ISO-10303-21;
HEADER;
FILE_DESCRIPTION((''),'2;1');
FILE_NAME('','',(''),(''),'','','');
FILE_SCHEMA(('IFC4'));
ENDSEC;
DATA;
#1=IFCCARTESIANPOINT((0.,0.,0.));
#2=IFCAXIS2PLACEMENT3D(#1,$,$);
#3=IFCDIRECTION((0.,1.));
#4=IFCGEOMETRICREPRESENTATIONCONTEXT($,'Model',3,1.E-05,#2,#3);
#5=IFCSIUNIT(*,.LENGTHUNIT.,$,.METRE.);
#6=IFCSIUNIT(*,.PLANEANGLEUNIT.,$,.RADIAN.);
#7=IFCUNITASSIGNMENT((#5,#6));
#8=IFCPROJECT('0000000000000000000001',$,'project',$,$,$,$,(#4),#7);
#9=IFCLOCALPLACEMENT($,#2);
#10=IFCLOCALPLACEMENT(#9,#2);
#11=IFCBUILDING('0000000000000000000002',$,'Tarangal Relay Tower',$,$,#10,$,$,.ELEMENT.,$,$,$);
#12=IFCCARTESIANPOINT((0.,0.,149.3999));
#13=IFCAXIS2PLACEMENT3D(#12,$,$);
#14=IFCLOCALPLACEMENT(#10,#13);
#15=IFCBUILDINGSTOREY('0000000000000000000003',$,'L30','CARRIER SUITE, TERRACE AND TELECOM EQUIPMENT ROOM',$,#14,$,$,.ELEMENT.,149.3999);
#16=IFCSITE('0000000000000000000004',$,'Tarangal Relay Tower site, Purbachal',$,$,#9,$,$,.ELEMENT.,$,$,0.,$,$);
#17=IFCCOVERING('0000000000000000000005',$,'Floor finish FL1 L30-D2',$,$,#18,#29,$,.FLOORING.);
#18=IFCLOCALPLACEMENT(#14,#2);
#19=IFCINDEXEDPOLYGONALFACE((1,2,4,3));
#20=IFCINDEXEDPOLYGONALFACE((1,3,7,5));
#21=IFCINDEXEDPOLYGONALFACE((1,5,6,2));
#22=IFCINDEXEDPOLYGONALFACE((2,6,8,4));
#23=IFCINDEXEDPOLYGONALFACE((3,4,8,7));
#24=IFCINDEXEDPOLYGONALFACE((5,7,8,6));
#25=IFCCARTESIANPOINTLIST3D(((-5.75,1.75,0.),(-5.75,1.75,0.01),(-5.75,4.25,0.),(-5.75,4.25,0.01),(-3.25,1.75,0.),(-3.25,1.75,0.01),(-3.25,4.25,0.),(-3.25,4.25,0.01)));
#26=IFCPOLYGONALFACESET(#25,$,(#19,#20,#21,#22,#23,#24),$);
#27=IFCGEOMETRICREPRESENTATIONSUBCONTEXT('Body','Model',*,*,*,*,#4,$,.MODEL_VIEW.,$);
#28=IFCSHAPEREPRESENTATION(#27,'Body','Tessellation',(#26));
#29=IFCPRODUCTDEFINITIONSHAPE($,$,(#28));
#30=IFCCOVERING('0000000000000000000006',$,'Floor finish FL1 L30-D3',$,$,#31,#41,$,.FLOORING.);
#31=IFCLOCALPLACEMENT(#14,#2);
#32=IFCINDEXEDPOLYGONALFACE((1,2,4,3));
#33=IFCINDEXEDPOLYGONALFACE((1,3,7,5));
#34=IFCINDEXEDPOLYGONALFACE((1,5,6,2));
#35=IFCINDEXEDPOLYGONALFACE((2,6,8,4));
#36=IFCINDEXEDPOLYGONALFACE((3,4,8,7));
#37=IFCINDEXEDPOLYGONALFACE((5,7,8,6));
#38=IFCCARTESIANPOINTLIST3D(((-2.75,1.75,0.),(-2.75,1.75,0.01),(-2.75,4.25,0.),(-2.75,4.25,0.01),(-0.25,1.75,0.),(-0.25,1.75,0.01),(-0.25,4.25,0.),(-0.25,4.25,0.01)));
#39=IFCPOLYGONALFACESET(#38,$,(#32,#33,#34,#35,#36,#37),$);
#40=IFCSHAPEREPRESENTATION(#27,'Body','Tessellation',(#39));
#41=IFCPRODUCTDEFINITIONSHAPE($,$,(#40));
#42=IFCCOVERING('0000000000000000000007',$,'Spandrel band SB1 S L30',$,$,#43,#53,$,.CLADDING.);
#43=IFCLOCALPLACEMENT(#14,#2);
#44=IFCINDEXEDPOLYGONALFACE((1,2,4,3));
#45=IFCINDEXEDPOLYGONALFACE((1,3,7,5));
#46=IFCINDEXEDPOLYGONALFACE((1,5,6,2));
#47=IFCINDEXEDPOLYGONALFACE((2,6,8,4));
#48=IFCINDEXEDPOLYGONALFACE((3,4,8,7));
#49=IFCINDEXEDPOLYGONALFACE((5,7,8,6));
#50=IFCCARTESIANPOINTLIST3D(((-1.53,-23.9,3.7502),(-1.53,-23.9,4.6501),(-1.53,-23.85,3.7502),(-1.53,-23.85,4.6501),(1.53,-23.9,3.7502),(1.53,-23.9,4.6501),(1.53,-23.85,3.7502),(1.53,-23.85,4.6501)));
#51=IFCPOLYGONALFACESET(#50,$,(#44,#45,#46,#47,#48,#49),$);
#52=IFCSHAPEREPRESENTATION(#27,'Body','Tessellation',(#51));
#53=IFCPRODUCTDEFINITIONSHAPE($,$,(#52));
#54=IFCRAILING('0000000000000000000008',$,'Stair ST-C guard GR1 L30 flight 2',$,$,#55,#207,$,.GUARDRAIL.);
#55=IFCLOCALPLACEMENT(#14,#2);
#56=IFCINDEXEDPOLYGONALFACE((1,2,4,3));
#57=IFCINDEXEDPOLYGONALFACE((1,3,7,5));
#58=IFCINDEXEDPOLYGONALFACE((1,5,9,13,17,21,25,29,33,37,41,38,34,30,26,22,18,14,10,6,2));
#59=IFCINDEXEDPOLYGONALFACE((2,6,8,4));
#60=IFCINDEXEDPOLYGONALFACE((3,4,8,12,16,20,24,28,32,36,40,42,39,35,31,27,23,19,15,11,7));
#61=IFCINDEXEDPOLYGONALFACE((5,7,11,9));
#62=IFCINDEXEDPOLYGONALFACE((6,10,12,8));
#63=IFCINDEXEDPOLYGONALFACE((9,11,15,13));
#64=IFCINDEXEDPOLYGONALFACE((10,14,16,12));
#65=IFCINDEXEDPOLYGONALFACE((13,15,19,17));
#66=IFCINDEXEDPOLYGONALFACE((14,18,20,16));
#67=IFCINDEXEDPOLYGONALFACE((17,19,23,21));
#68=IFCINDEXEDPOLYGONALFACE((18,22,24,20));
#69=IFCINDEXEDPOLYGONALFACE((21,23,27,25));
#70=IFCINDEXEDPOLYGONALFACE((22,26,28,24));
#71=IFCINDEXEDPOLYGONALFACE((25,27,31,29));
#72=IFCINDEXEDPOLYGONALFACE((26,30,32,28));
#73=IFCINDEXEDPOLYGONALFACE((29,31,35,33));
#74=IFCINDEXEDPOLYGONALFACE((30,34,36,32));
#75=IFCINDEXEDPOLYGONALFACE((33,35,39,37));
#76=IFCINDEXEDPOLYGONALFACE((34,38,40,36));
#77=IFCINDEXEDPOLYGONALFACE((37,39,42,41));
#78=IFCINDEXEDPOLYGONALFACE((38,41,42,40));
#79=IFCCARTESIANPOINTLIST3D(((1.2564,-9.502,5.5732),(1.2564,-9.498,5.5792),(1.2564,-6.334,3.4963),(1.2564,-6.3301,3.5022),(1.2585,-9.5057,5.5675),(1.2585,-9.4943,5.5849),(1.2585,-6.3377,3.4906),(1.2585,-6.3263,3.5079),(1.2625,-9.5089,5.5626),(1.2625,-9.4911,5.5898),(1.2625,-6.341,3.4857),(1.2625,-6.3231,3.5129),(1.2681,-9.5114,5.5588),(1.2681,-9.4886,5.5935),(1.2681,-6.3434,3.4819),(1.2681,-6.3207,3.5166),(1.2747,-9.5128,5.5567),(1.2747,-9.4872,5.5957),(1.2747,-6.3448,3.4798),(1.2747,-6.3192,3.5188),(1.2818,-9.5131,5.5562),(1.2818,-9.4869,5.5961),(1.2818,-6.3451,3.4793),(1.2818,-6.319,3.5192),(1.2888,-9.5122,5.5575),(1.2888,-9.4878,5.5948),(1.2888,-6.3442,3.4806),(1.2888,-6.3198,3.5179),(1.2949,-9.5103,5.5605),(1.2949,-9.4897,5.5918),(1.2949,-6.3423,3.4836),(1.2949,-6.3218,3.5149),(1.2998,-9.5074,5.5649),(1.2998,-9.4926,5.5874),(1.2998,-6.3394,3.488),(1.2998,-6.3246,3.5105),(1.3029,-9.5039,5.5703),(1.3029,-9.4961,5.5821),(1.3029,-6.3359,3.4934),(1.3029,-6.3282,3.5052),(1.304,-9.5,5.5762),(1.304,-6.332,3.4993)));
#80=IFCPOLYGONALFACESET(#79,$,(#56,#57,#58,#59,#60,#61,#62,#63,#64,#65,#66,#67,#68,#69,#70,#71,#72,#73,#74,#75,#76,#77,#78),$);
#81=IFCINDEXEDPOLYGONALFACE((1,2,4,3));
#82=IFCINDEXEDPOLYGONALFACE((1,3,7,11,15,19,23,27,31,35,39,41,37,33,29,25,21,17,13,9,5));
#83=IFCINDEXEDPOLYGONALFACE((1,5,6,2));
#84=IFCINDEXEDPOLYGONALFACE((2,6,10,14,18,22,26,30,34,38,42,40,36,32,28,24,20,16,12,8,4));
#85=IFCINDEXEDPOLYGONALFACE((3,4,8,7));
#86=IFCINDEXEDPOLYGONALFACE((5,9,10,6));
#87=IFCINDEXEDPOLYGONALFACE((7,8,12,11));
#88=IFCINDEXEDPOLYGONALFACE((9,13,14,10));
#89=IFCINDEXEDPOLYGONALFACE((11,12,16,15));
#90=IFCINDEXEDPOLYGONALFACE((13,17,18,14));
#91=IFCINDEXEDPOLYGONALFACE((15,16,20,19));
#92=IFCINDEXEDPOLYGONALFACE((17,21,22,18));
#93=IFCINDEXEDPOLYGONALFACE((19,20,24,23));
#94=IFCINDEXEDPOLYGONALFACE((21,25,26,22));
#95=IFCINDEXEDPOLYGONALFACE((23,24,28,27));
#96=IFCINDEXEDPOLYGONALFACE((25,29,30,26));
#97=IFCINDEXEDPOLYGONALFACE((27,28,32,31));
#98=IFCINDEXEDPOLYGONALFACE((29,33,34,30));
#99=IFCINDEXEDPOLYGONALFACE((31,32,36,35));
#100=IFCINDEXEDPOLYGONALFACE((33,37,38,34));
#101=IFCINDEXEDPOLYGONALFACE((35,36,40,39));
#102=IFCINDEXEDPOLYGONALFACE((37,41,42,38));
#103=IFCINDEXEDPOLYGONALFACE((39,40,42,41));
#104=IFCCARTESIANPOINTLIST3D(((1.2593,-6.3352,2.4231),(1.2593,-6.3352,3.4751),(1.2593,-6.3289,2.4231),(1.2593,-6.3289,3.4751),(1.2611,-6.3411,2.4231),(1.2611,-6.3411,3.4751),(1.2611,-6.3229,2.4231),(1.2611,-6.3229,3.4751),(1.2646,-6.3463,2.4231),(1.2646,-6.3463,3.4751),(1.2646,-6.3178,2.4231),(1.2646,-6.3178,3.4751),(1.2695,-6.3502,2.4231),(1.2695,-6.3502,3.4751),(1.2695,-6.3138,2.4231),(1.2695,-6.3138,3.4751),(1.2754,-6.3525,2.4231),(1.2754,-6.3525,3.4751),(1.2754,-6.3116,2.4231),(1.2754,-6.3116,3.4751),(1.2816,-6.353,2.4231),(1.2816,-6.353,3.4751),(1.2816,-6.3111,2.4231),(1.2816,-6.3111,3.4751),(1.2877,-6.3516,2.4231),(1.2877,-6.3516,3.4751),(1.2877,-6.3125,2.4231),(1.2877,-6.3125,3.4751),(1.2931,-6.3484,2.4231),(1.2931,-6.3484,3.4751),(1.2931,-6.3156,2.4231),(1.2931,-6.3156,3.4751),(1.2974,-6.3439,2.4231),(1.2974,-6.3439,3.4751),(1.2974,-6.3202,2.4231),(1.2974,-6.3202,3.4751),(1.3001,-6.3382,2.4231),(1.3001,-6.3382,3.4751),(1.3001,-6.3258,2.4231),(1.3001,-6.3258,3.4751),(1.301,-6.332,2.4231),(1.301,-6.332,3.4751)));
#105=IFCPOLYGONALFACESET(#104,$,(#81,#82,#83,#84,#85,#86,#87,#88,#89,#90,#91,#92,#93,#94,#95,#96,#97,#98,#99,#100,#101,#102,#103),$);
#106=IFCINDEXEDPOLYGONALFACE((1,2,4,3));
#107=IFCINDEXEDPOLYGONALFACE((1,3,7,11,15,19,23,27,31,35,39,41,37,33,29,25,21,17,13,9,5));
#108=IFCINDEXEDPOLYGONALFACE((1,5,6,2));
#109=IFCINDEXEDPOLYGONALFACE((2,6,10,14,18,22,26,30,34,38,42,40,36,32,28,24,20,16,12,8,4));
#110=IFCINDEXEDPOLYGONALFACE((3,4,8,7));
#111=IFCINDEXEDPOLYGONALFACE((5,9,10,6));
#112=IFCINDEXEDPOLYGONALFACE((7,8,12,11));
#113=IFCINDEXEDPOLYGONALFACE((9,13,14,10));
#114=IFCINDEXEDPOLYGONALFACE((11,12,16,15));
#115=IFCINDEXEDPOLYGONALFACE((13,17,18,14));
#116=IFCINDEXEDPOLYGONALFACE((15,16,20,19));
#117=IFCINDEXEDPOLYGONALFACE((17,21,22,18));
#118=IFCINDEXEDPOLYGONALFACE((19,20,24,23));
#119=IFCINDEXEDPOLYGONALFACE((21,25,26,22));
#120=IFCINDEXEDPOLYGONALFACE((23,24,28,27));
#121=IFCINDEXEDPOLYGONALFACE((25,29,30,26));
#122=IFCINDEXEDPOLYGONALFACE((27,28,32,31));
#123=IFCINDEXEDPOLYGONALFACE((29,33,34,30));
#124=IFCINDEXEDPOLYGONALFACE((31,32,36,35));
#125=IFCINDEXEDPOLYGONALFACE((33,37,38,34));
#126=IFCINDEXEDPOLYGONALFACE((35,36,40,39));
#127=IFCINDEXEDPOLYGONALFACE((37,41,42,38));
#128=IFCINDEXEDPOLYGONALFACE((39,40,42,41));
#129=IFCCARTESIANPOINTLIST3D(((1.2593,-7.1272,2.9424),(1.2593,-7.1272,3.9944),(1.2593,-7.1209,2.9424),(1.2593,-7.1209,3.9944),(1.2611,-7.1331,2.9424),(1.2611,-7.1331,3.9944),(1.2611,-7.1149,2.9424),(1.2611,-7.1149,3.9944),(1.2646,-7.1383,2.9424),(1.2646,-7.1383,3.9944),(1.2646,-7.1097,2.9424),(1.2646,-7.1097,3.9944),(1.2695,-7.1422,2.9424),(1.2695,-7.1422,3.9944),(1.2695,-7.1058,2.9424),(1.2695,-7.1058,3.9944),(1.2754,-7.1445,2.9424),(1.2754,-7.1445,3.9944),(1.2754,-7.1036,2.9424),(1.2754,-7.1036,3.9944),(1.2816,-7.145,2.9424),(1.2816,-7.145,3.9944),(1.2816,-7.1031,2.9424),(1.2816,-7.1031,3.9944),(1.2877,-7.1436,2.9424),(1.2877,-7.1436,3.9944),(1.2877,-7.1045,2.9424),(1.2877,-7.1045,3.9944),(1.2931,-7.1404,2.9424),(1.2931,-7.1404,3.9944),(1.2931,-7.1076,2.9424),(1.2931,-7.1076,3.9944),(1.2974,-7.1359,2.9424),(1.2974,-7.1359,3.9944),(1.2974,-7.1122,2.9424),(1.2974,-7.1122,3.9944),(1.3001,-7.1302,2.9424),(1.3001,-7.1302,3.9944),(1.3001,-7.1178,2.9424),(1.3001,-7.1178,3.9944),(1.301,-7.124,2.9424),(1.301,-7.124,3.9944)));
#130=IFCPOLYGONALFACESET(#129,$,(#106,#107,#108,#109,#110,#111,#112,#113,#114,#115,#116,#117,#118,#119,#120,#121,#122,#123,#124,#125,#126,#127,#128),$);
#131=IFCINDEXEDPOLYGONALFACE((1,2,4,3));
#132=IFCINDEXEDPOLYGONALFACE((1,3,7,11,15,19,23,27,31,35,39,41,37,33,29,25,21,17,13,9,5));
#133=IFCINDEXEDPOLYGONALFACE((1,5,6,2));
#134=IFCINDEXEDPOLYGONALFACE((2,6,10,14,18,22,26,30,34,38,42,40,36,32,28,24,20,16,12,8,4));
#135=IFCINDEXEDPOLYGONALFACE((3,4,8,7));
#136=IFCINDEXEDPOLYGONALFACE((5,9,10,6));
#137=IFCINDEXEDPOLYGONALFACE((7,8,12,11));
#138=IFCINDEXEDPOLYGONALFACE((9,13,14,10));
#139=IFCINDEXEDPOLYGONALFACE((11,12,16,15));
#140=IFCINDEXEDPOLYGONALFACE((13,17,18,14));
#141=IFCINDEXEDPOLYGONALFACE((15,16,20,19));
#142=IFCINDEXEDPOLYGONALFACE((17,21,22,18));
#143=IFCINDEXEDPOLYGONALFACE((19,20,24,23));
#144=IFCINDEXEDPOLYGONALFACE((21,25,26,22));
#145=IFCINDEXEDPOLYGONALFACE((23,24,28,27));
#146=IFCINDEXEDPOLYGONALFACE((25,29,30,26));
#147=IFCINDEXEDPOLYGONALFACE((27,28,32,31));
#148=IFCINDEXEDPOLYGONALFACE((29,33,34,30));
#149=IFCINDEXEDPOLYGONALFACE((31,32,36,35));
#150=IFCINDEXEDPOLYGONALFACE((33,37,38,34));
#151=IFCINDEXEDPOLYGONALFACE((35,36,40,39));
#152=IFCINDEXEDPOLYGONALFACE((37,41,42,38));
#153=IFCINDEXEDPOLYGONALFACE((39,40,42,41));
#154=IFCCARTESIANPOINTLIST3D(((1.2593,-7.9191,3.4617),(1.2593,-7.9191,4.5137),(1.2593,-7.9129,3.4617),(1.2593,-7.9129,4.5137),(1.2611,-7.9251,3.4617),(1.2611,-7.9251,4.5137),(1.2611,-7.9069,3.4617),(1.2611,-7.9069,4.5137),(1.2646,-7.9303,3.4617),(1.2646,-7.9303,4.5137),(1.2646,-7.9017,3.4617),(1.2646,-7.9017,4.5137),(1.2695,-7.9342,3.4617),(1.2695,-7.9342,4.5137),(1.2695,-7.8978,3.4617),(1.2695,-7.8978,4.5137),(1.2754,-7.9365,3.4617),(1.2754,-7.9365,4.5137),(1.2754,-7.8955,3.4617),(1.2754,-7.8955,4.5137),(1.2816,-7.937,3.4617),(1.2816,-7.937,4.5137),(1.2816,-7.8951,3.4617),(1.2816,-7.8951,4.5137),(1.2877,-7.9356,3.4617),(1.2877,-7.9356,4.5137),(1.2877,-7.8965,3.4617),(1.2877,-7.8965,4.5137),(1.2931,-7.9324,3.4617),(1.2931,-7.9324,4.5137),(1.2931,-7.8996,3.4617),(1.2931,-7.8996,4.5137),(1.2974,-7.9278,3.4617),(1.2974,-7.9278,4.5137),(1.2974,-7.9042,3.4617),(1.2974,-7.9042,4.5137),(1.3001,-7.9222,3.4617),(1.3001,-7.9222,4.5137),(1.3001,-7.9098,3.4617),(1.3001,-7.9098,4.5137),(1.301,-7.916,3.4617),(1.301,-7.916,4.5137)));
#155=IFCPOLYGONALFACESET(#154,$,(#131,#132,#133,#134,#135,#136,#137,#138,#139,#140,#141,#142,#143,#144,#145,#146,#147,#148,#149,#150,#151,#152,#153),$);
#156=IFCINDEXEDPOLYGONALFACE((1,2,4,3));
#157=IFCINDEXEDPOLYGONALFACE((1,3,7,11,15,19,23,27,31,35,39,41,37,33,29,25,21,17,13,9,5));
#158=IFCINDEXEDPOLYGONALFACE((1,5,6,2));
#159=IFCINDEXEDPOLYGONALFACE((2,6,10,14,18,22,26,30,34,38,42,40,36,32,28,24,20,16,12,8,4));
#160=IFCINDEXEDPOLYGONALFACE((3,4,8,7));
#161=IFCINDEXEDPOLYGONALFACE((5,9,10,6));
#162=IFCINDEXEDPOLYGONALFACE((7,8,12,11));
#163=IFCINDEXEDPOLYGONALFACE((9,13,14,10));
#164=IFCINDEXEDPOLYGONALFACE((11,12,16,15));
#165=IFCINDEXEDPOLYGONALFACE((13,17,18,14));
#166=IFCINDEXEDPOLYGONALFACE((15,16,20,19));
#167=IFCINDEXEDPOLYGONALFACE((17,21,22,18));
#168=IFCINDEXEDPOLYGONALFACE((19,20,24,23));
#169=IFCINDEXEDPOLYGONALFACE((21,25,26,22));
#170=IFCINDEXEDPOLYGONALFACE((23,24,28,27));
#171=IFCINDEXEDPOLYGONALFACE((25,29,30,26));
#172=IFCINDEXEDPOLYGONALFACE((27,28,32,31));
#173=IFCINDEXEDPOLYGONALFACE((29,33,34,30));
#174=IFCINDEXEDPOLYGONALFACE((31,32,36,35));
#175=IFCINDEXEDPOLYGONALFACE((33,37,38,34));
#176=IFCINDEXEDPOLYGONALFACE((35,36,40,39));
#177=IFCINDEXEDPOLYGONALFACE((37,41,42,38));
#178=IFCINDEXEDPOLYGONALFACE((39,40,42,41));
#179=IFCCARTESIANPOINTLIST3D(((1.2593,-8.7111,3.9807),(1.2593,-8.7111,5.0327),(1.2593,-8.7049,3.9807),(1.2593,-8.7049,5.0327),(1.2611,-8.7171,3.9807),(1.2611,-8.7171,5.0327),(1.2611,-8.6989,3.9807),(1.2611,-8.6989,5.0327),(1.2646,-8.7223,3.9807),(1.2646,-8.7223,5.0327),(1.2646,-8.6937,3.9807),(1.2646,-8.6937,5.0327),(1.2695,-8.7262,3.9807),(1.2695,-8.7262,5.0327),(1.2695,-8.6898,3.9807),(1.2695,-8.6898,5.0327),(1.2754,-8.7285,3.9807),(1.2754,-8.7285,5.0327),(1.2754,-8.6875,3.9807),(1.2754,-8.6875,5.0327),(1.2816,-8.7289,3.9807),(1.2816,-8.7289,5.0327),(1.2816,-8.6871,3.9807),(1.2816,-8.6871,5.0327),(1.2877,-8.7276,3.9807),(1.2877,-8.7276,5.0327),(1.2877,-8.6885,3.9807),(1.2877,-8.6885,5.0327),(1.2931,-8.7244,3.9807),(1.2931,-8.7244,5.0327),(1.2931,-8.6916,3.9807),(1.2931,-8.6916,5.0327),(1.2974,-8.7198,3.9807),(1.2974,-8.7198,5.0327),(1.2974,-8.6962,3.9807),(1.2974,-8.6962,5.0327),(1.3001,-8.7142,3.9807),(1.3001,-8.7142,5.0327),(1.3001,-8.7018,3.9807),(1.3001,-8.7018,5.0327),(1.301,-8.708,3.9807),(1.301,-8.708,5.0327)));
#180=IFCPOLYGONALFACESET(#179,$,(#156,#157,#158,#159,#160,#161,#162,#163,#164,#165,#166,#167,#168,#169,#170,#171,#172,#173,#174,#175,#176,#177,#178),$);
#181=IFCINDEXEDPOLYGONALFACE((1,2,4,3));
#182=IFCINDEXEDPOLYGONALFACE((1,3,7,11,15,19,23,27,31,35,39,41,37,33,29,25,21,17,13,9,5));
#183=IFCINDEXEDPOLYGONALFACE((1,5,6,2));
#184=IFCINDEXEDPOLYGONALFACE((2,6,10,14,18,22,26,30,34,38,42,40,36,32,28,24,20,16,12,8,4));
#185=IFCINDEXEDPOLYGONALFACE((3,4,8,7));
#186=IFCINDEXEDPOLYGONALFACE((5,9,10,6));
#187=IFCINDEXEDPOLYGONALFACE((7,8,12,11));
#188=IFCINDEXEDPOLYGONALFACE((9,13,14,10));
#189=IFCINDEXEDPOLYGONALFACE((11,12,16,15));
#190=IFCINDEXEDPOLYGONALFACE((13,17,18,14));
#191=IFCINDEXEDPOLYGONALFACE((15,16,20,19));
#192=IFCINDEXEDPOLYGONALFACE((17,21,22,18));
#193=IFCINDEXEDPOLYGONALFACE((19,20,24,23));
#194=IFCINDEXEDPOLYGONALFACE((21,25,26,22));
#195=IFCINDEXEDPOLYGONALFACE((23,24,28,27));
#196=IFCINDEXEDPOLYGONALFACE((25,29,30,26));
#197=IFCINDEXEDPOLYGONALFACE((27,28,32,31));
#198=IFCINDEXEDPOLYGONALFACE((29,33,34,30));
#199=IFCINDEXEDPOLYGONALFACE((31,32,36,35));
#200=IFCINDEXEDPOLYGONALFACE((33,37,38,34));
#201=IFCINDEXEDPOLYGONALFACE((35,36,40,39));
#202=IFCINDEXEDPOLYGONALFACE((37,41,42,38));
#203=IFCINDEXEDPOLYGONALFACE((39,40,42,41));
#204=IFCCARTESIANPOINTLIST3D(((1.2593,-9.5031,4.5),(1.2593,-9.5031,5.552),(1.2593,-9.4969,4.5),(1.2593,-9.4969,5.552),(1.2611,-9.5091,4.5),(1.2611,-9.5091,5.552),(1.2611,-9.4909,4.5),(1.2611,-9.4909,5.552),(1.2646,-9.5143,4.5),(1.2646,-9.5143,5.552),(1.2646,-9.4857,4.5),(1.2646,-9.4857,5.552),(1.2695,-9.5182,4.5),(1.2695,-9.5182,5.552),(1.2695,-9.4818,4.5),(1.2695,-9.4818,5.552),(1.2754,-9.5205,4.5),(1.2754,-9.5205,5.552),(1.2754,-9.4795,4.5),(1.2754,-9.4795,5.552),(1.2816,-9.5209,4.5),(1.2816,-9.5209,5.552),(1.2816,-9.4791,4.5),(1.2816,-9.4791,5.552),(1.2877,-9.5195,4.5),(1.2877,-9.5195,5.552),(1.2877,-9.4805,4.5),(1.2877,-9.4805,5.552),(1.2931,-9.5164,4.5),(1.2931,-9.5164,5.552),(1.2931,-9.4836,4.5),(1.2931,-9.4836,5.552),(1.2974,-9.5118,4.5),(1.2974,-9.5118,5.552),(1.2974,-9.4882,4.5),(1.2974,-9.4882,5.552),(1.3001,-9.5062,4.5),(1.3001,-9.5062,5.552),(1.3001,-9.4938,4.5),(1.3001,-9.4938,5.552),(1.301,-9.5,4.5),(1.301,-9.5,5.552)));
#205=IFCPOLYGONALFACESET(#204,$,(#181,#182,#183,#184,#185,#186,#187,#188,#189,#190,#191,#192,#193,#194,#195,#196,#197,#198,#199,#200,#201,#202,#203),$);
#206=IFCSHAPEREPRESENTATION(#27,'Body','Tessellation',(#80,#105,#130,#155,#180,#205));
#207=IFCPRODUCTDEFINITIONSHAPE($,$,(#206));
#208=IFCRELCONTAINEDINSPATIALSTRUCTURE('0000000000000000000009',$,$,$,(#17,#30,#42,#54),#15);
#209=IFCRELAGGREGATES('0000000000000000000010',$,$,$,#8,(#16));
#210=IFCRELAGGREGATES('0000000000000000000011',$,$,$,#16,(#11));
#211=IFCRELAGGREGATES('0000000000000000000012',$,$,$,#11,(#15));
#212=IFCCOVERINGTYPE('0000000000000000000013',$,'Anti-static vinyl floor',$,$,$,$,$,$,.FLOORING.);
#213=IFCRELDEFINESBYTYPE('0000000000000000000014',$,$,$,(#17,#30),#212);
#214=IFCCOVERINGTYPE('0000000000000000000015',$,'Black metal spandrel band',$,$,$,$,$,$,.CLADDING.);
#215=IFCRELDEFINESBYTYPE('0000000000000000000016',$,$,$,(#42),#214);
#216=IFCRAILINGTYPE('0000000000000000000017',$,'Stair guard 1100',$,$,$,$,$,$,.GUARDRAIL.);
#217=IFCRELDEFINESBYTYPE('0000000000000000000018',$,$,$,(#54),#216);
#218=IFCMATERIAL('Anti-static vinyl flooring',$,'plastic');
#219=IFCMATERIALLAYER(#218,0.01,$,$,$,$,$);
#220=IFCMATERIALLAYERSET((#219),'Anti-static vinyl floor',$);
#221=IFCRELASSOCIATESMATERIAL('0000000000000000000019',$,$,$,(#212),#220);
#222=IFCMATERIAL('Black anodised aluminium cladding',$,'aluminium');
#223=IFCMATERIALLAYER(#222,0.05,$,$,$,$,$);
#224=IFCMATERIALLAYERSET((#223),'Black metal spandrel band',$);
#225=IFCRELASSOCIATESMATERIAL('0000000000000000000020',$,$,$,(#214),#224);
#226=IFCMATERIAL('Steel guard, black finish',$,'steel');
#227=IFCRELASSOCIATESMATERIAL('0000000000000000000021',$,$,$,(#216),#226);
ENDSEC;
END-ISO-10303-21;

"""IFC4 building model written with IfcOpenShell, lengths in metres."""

from ifc_helpers import new_model, si_unit, direction, frame, origin, origin_2d, place, context, subcontext, project, spatial, polyline, rectangle, circle, outline, extrude, material, layer, layer_set, type_object, element, save


model = new_model("IFC4")

# Units and contexts
model_context = context("Model", 3, precision=1e-05, world=origin(), true_north=direction((0.0, 1.0)))
body_context = subcontext(model_context, "Body", "Model", "MODEL_VIEW")
ifc_project = project(units=[si_unit("LENGTHUNIT", "METRE"), si_unit("PLANEANGLEUNIT", "RADIAN")], contexts=[model_context])

# Site, building, storey
site_placement = place(None, origin())
site = spatial("IfcSite", under=ifc_project, at=site_placement, Name="Tarangal Relay Tower site, Purbachal", CompositionType="ELEMENT", RefElevation=0.0)
building_placement = place(site_placement, origin())
building = spatial("IfcBuilding", under=site, at=building_placement, Name="Tarangal Relay Tower", CompositionType="ELEMENT")
storey_placement = place(building_placement, frame((0.0, 0.0, 149.3999)))
storey = spatial("IfcBuildingStorey", under=building, at=storey_placement, Name="L30", Description="CARRIER SUITE, TERRACE AND TELECOM EQUIPMENT ROOM", CompositionType="ELEMENT", Elevation=149.3999)

# Coverings
ifc_material_1 = material(Name="Anti-static vinyl flooring", Category="plastic")
ifc_layer_1 = layer(ifc_material_1, 0.01)
ifc_layer_set_1 = layer_set([ifc_layer_1], Name="Anti-static vinyl floor")
covering_type_1 = type_object("IfcCoveringType", Name="Anti-static vinyl floor", PredefinedType="FLOORING", material=ifc_layer_set_1)
covering_1_placement = place(storey_placement, origin())
element("IfcCovering", 1, at=covering_1_placement, inside=storey, type_object=covering_type_1, Name="Floor finish FL1 L30-D2", PredefinedType="FLOORING", context=body_context, shape_type="SweptSolid", body=[
    extrude(outline(polyline([(-5.75, 1.75), (-3.25, 1.75), (-3.25, 4.25), (-5.75, 4.25), (-5.75, 1.75)])), origin(), (0.0, 0.0, 1.0), 0.01),
])
covering_2_placement = place(storey_placement, origin())
element("IfcCovering", 2, at=covering_2_placement, inside=storey, type_object=covering_type_1, Name="Floor finish FL1 L30-D3", PredefinedType="FLOORING", context=body_context, shape_type="SweptSolid", body=[
    extrude(outline(polyline([(-2.75, 1.75), (-0.25, 1.75), (-0.25, 4.25), (-2.75, 4.25), (-2.75, 1.75)])), origin(), (0.0, 0.0, 1.0), 0.01),
])
ifc_material_2 = material(Name="Black anodised aluminium cladding", Category="aluminium")
ifc_layer_2 = layer(ifc_material_2, 0.05)
ifc_layer_set_2 = layer_set([ifc_layer_2], Name="Black metal spandrel band")
covering_type_2 = type_object("IfcCoveringType", Name="Black metal spandrel band", PredefinedType="CLADDING", material=ifc_layer_set_2)
covering_3_placement = place(storey_placement, frame((0.0, -23.875, 3.7502), z_axis=(0.0, 0.0, 1.0), x_axis=(-1.0, 0.0, 0.0)))
element("IfcCovering", 3, at=covering_3_placement, inside=storey, type_object=covering_type_2, Name="Spandrel band SB1 S L30", PredefinedType="CLADDING", context=body_context, shape_type="SweptSolid", body=[
    extrude(rectangle(XDim=3.0601, YDim=0.05, at=origin_2d()), origin(), (0.0, 0.0, 1.0), 0.8999),
])

# Railing
ifc_material_3 = material(Name="Steel guard, black finish", Category="steel")
railing_type_1 = type_object("IfcRailingType", Name="Stair guard 1100", PredefinedType="GUARDRAIL", material=ifc_material_3)
railing_1_placement = place(storey_placement, frame((1.28, -6.332, 2.4231)))
element("IfcRailing", 4, at=railing_1_placement, inside=storey, type_object=railing_type_1, Name="Stair ST-C guard GR1 L30 flight 2", PredefinedType="GUARDRAIL", context=body_context, shape_type="SweptSolid", body=[
    extrude(circle(Radius=0.0239, at=origin_2d()), frame((0.0, 0.0, 1.0762), z_axis=(0.0, -0.836299, 0.548273), x_axis=(1.0, 0.0, 0.0)), (0.0, 0.0, 1.0), 3.7881),
    extrude(circle(Radius=0.021, at=origin_2d()), origin(), (0.0, 0.0, 1.0), 1.052),
    extrude(circle(Radius=0.021, at=origin_2d()), frame((0.0, -0.792, 0.5193)), (0.0, 0.0, 1.0), 1.052),
    extrude(circle(Radius=0.021, at=origin_2d()), frame((0.0, -1.584, 1.0386)), (0.0, 0.0, 1.0), 1.052),
    extrude(circle(Radius=0.021, at=origin_2d()), frame((0.0, -2.376, 1.5576)), (0.0, 0.0, 1.0), 1.052),
    extrude(circle(Radius=0.021, at=origin_2d()), frame((0.0, -3.168, 2.0769)), (0.0, 0.0, 1.0), 1.052),
])

save(model, "model.ifc")
